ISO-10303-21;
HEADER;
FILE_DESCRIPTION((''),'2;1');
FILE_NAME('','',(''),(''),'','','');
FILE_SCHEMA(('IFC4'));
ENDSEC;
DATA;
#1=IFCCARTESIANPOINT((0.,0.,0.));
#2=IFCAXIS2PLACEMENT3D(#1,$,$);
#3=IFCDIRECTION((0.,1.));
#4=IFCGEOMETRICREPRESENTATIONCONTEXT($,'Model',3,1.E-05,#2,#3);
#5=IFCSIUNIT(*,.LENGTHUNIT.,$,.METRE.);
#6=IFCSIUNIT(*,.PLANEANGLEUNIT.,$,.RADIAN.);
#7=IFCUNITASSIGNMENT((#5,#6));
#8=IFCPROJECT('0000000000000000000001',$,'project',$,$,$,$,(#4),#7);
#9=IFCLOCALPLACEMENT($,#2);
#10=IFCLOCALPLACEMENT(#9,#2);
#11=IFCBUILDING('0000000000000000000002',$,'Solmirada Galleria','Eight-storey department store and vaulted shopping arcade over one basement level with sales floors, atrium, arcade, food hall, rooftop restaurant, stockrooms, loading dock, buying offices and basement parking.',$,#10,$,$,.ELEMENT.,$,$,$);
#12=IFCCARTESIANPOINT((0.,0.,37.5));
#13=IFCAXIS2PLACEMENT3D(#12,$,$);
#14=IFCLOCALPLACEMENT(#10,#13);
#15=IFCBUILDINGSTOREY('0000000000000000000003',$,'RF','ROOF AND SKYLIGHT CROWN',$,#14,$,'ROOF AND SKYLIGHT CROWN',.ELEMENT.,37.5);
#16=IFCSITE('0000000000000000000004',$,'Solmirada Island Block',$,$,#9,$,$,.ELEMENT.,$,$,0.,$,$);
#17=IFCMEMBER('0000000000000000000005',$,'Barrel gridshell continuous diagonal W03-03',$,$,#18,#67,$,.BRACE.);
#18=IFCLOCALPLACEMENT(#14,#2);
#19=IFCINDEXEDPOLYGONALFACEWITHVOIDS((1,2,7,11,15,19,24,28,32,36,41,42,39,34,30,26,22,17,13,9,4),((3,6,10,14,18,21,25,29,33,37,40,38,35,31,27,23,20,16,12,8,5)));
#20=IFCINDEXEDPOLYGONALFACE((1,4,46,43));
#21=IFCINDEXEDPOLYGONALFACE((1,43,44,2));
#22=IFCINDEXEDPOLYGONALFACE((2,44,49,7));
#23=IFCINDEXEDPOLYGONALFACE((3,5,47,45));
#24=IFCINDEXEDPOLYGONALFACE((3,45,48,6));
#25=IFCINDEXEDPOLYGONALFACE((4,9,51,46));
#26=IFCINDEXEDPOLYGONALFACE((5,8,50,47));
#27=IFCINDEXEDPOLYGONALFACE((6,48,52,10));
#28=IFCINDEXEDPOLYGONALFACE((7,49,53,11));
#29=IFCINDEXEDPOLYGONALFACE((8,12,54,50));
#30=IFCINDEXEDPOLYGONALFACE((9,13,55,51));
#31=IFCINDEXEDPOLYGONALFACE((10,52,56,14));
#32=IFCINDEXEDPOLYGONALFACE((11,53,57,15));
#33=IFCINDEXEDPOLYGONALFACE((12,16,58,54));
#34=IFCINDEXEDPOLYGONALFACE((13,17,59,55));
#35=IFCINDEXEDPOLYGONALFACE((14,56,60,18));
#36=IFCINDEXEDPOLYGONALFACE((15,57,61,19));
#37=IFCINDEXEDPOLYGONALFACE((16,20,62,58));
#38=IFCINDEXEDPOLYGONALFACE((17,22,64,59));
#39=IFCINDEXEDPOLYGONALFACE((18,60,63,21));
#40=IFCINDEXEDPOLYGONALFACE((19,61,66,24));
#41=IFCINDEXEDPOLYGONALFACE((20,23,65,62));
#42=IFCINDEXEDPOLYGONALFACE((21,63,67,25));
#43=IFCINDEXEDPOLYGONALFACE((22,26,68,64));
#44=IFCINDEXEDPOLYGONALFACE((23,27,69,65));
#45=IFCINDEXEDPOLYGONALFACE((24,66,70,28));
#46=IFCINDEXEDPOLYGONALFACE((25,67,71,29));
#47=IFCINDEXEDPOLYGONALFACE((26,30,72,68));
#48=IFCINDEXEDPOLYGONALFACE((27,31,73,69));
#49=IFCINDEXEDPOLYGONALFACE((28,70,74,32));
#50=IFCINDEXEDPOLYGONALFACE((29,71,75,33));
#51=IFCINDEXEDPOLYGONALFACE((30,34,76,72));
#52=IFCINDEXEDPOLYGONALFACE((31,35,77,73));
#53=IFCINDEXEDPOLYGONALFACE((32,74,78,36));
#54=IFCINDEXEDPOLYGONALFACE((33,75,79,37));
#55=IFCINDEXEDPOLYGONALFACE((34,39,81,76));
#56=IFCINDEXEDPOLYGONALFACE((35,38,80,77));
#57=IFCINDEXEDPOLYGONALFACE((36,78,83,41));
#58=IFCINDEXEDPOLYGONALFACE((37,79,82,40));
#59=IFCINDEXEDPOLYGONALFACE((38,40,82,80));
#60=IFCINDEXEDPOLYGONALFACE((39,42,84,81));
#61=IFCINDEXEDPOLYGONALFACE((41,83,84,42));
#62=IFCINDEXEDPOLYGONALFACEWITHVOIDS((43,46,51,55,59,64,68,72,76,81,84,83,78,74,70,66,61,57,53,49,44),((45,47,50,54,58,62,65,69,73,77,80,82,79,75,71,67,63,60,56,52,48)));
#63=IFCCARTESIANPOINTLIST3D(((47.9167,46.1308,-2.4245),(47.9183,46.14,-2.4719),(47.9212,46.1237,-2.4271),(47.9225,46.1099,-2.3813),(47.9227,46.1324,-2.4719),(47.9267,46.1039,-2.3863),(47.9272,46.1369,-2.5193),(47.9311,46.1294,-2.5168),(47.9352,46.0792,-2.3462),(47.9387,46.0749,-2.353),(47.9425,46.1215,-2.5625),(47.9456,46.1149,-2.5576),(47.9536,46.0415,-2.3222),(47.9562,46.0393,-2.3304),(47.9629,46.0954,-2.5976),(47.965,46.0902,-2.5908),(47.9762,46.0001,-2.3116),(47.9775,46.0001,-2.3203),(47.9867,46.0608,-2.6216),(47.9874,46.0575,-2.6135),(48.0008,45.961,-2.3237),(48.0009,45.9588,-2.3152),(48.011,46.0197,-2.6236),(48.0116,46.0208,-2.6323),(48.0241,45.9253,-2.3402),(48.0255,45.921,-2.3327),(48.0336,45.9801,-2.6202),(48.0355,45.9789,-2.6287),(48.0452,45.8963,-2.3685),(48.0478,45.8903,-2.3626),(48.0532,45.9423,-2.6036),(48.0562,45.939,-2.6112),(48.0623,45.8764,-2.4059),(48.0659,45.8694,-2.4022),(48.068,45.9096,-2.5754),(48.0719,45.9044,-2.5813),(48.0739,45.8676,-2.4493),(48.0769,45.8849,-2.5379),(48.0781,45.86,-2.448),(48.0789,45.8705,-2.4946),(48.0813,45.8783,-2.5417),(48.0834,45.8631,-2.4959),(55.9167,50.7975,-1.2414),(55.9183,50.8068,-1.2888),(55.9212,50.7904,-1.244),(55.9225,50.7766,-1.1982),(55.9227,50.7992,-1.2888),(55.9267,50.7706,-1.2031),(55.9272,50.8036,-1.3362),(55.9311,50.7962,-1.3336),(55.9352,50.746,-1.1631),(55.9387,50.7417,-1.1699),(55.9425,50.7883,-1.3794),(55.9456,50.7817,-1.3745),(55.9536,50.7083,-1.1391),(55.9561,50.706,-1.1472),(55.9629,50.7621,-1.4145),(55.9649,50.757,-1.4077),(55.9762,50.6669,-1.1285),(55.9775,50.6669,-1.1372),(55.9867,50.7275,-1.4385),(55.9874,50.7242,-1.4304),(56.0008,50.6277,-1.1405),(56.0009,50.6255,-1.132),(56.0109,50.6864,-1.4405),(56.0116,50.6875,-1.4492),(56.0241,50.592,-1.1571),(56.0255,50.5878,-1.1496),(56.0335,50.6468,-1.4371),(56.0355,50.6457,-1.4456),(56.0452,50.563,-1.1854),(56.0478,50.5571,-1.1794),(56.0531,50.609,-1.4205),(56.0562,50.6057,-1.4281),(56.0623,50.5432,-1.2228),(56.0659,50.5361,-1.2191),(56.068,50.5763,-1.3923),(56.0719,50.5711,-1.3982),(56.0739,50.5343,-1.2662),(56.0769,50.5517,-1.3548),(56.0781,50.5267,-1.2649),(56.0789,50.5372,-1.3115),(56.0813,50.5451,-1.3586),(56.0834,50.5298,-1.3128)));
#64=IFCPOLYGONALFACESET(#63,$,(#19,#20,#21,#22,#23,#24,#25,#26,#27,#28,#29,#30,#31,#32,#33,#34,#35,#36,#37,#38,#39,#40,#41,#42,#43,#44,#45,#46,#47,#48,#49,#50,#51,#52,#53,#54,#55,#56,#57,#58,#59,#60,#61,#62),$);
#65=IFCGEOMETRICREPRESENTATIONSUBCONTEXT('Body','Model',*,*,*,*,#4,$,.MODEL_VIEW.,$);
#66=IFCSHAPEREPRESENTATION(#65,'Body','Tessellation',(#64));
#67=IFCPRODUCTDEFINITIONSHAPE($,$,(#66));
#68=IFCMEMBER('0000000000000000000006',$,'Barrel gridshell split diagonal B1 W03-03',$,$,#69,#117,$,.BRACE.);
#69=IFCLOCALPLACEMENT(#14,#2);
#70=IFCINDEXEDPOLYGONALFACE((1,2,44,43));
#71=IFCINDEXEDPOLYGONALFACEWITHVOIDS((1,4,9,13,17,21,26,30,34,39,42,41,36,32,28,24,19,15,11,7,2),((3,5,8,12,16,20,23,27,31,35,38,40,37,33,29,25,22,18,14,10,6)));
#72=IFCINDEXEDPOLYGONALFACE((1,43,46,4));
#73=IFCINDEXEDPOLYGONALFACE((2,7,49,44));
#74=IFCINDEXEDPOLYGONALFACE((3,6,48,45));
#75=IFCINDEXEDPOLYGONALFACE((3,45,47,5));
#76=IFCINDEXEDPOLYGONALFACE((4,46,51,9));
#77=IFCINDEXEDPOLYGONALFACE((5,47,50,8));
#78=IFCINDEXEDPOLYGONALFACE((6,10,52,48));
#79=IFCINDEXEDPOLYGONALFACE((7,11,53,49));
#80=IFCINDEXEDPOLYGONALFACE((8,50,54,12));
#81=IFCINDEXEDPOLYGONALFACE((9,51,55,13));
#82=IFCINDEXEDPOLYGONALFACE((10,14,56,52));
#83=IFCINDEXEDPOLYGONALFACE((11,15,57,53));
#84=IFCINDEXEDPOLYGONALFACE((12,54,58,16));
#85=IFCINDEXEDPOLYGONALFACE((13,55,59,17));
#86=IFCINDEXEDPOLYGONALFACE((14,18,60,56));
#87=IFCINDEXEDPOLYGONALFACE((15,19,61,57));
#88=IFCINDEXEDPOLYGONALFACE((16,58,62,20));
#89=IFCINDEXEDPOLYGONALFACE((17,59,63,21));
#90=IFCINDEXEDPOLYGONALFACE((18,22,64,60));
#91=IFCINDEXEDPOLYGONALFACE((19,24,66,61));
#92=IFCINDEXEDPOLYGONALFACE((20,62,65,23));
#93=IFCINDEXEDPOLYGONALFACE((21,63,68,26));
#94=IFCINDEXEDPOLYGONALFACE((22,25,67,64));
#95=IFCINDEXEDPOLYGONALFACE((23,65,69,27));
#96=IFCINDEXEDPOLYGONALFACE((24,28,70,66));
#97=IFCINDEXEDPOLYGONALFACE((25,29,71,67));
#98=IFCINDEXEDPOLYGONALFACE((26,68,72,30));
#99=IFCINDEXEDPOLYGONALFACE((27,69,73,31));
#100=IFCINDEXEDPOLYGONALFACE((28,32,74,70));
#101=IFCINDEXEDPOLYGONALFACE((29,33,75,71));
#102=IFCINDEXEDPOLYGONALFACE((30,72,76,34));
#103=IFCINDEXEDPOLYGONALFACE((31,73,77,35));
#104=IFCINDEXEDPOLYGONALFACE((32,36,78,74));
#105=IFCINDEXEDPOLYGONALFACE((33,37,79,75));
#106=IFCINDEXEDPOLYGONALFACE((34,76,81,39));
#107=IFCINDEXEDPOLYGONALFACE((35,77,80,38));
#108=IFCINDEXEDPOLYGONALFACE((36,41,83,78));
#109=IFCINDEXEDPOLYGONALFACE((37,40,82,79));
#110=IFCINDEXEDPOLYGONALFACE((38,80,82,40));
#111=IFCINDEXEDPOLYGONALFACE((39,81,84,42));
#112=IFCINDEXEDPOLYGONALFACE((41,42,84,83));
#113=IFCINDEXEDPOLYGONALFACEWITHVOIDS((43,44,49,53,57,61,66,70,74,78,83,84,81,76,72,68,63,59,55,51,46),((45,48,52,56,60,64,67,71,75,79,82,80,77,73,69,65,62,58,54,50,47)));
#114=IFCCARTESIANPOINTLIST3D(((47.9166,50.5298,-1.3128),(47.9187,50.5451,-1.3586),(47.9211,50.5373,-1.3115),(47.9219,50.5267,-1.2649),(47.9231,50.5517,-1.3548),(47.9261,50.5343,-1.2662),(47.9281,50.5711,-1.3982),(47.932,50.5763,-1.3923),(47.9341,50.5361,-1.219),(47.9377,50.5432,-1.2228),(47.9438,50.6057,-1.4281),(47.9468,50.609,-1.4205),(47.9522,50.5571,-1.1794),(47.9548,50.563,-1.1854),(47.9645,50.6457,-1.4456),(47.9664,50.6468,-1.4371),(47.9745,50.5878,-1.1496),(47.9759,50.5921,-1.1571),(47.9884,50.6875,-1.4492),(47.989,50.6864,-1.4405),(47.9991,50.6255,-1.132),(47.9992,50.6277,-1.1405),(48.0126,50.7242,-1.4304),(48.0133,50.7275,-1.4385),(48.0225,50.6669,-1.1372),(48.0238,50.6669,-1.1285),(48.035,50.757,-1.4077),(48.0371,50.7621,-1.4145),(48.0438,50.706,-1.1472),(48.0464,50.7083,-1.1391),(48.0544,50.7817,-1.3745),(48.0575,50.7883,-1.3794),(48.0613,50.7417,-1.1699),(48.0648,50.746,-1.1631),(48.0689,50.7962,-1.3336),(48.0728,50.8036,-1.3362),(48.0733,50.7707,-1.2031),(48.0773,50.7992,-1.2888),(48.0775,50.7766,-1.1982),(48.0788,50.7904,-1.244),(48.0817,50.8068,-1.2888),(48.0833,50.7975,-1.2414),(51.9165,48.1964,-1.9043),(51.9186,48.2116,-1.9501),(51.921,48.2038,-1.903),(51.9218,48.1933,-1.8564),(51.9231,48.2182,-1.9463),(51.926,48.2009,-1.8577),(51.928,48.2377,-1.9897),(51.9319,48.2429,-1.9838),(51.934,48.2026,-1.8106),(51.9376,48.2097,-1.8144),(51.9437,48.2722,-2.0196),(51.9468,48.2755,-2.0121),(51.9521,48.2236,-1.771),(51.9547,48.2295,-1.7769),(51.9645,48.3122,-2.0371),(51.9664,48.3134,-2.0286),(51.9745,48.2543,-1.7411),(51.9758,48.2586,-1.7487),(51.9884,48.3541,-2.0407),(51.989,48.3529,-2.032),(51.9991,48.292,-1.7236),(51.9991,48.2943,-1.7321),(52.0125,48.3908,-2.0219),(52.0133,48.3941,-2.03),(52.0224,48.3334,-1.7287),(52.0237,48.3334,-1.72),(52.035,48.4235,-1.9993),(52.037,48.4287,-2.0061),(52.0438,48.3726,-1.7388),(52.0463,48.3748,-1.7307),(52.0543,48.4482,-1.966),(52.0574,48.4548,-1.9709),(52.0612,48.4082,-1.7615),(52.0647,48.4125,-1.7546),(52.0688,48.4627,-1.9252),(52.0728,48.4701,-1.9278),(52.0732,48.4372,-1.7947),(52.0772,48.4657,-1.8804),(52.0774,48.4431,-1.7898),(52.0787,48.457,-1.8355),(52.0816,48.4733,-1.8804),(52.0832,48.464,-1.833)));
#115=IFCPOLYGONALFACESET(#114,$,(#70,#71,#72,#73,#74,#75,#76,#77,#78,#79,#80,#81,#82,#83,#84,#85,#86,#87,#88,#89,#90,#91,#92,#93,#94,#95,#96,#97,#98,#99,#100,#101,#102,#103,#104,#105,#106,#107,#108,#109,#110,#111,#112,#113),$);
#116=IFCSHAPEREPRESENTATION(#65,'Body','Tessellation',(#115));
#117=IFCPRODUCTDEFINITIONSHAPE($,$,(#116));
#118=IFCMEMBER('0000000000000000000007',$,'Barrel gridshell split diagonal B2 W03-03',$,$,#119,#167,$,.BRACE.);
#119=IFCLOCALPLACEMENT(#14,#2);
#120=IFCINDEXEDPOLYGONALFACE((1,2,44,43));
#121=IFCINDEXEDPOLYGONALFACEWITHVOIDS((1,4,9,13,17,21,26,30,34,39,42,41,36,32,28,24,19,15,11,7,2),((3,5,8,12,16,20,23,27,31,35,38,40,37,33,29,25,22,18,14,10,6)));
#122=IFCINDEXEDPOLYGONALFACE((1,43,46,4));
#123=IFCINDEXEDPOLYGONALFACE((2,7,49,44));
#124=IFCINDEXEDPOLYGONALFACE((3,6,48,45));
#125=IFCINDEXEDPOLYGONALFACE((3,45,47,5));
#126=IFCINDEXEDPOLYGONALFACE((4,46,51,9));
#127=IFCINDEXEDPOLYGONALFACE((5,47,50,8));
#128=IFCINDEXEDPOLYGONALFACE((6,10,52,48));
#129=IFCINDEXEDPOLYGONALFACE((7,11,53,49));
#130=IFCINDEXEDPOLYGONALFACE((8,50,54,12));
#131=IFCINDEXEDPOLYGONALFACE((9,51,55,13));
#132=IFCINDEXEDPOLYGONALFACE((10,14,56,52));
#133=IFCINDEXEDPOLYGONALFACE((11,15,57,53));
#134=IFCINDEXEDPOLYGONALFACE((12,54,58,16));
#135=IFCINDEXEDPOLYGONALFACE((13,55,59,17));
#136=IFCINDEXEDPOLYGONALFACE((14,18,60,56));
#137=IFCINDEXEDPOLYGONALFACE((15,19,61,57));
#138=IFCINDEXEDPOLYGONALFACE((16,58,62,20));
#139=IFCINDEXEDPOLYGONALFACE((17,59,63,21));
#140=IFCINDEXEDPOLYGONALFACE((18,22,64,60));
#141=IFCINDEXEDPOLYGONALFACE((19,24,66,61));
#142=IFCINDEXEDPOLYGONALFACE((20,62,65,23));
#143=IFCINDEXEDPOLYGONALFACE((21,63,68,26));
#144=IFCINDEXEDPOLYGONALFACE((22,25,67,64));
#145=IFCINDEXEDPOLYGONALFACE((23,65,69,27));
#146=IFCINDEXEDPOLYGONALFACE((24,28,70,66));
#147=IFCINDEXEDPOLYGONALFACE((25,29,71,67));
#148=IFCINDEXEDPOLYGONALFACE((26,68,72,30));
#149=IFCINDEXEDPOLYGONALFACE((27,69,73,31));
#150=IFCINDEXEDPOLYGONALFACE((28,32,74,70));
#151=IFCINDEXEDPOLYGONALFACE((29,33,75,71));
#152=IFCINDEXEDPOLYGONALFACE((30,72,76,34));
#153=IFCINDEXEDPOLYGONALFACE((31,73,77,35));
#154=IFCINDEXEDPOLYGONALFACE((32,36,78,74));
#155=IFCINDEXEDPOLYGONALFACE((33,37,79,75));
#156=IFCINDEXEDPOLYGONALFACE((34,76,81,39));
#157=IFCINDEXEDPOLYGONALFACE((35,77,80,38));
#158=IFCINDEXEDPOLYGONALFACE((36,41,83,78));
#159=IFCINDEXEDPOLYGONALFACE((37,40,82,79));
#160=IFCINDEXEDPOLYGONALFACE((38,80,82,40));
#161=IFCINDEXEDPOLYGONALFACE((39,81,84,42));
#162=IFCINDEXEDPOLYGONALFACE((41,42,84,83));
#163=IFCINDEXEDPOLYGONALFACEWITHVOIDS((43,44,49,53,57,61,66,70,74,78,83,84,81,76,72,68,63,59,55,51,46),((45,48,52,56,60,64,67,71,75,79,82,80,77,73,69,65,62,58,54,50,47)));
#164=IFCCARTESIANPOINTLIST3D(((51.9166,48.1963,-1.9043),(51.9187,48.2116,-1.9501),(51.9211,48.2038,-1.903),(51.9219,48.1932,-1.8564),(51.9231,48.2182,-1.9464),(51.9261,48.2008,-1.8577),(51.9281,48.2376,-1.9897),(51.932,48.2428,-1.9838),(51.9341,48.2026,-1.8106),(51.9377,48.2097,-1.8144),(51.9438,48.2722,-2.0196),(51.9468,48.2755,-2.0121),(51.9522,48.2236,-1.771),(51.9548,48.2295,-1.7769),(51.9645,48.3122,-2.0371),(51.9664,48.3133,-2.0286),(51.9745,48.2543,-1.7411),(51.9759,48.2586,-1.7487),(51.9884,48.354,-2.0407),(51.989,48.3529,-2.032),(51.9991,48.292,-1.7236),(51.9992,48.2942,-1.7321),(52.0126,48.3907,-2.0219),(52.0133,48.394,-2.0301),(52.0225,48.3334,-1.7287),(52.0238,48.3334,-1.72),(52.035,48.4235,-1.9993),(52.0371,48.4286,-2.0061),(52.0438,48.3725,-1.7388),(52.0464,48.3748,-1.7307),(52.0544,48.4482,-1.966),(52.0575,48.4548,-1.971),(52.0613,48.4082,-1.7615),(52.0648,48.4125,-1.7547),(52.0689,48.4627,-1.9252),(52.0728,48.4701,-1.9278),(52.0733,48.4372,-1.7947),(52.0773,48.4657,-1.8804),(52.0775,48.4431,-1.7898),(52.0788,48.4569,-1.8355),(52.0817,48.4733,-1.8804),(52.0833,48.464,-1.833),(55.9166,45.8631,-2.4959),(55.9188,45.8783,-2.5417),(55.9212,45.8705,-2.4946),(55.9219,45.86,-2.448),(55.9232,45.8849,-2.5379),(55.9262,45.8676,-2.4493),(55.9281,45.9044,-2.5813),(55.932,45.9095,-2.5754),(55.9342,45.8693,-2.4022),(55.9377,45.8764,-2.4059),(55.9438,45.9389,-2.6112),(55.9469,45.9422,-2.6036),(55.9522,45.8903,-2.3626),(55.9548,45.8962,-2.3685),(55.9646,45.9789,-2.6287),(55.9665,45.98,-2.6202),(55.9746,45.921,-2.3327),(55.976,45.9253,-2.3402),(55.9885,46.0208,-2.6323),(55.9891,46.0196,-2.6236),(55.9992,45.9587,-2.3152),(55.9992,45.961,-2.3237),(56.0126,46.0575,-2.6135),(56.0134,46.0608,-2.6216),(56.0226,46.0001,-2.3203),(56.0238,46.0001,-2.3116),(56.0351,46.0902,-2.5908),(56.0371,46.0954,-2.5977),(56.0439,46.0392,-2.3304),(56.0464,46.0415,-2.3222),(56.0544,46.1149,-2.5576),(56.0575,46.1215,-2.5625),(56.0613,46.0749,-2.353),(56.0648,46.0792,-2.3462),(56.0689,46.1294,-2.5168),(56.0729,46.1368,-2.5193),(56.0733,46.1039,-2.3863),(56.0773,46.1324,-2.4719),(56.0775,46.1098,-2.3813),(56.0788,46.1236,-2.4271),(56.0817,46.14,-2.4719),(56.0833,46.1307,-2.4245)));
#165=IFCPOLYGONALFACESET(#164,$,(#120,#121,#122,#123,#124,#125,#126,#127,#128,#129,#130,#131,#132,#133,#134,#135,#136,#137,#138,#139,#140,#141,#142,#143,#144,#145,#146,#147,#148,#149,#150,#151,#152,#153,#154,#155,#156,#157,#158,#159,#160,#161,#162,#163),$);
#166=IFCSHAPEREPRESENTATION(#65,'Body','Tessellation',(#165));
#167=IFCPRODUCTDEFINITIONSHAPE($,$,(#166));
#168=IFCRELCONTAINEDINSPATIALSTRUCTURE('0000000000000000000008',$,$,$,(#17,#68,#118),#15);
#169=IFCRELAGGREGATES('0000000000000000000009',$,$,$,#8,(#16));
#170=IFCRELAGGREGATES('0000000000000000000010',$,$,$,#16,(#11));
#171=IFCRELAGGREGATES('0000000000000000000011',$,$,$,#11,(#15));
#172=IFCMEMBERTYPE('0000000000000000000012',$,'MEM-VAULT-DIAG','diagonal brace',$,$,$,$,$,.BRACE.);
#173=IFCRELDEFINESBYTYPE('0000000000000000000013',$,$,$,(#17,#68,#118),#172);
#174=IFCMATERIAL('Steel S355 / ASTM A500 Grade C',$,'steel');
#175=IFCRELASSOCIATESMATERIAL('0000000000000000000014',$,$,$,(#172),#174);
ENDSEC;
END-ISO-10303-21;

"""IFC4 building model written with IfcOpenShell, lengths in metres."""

from ifc_helpers import new_model, si_unit, direction, frame, origin, origin_2d, place, context, subcontext, project, spatial, hollow_circle, extrude, material, material_profile, profile_set, type_object, element, save


model = new_model("IFC4")

# Units and contexts
model_context = context("Model", 3, precision=1e-05, world=origin(), true_north=direction((0.0, 1.0)))
body_context = subcontext(model_context, "Body", "Model", "MODEL_VIEW")
ifc_project = project(units=[si_unit("LENGTHUNIT", "METRE"), si_unit("PLANEANGLEUNIT", "RADIAN")], contexts=[model_context])

# Site, building, storey
site_placement = place(None, origin())
site = spatial("IfcSite", under=ifc_project, at=site_placement, Name="Solmirada Island Block", CompositionType="ELEMENT", RefElevation=0.0)
building_placement = place(site_placement, origin())
building = spatial("IfcBuilding", under=site, at=building_placement, Name="Solmirada Galleria", Description="Eight-storey department store and vaulted shopping arcade over one basement level with sales floors, atrium, arcade, food hall, rooftop restaurant, stockrooms, loading dock, buying offices and basement parking.", CompositionType="ELEMENT")
storey_placement = place(building_placement, frame((0.0, 0.0, 37.5)))
storey = spatial("IfcBuildingStorey", under=building, at=storey_placement, Name="RF", Description="ROOF AND SKYLIGHT CROWN", LongName="ROOF AND SKYLIGHT CROWN", CompositionType="ELEMENT", Elevation=37.5)

# Members
ifc_material_1 = material(Name="Steel S355 / ASTM A500 Grade C", Category="steel")
ifc_material_profile_1 = material_profile(ifc_material_1, hollow_circle(Radius=0.1621, WallThickness=0.0088, at=origin_2d()), Name="HSS12.750X0.375")
ifc_profile_set_1 = profile_set([ifc_material_profile_1], Name="Steel S355 / ASTM A500 Grade C")
member_type_1 = type_object("IfcMemberType", Name="MEM-VAULT-DIAG", Description="diagonal brace", PredefinedType="BRACE", material=ifc_profile_set_1)
member_1_placement = place(storey_placement, frame((48.0, 46.0, -2.4719), z_axis=(0.856813, 0.499816, 0.126712), x_axis=(-0.503878, 0.863775, 0.0)))
element("IfcMember", 1, at=member_1_placement, inside=storey, type_object=member_type_1, Name="Barrel gridshell continuous diagonal W03-03", PredefinedType="BRACE", context=body_context, shape_type="SweptSolid", body=[
    extrude(hollow_circle(Radius=0.1621, WallThickness=0.0088, at=origin_2d()), origin(), (0.0, 0.0, 1.0), 9.3369),
])
for number, where, z_axis, x_axis, name in (
    (2, (48.0, 50.6667, -1.2888), (0.856801, -0.499836, -0.126711), (0.503897, 0.863764, 0.0), "Barrel gridshell split diagonal B1 W03-03"),
    (3, (52.0, 48.3333, -1.8804), (0.856824, -0.499796, -0.126714), (0.503858, 0.863787, 0.0), "Barrel gridshell split diagonal B2 W03-03"),
):
    element("IfcMember", number, at=place(storey_placement, frame(where, z_axis=z_axis, x_axis=x_axis)), inside=storey, type_object=member_type_1, Name=name, PredefinedType="BRACE", context=body_context, shape_type="SweptSolid", body=[
        extrude(hollow_circle(Radius=0.1621, WallThickness=0.0088, at=origin_2d()), origin(), (0.0, 0.0, 1.0), 4.6685),
    ])

save(model, "model.ifc")
